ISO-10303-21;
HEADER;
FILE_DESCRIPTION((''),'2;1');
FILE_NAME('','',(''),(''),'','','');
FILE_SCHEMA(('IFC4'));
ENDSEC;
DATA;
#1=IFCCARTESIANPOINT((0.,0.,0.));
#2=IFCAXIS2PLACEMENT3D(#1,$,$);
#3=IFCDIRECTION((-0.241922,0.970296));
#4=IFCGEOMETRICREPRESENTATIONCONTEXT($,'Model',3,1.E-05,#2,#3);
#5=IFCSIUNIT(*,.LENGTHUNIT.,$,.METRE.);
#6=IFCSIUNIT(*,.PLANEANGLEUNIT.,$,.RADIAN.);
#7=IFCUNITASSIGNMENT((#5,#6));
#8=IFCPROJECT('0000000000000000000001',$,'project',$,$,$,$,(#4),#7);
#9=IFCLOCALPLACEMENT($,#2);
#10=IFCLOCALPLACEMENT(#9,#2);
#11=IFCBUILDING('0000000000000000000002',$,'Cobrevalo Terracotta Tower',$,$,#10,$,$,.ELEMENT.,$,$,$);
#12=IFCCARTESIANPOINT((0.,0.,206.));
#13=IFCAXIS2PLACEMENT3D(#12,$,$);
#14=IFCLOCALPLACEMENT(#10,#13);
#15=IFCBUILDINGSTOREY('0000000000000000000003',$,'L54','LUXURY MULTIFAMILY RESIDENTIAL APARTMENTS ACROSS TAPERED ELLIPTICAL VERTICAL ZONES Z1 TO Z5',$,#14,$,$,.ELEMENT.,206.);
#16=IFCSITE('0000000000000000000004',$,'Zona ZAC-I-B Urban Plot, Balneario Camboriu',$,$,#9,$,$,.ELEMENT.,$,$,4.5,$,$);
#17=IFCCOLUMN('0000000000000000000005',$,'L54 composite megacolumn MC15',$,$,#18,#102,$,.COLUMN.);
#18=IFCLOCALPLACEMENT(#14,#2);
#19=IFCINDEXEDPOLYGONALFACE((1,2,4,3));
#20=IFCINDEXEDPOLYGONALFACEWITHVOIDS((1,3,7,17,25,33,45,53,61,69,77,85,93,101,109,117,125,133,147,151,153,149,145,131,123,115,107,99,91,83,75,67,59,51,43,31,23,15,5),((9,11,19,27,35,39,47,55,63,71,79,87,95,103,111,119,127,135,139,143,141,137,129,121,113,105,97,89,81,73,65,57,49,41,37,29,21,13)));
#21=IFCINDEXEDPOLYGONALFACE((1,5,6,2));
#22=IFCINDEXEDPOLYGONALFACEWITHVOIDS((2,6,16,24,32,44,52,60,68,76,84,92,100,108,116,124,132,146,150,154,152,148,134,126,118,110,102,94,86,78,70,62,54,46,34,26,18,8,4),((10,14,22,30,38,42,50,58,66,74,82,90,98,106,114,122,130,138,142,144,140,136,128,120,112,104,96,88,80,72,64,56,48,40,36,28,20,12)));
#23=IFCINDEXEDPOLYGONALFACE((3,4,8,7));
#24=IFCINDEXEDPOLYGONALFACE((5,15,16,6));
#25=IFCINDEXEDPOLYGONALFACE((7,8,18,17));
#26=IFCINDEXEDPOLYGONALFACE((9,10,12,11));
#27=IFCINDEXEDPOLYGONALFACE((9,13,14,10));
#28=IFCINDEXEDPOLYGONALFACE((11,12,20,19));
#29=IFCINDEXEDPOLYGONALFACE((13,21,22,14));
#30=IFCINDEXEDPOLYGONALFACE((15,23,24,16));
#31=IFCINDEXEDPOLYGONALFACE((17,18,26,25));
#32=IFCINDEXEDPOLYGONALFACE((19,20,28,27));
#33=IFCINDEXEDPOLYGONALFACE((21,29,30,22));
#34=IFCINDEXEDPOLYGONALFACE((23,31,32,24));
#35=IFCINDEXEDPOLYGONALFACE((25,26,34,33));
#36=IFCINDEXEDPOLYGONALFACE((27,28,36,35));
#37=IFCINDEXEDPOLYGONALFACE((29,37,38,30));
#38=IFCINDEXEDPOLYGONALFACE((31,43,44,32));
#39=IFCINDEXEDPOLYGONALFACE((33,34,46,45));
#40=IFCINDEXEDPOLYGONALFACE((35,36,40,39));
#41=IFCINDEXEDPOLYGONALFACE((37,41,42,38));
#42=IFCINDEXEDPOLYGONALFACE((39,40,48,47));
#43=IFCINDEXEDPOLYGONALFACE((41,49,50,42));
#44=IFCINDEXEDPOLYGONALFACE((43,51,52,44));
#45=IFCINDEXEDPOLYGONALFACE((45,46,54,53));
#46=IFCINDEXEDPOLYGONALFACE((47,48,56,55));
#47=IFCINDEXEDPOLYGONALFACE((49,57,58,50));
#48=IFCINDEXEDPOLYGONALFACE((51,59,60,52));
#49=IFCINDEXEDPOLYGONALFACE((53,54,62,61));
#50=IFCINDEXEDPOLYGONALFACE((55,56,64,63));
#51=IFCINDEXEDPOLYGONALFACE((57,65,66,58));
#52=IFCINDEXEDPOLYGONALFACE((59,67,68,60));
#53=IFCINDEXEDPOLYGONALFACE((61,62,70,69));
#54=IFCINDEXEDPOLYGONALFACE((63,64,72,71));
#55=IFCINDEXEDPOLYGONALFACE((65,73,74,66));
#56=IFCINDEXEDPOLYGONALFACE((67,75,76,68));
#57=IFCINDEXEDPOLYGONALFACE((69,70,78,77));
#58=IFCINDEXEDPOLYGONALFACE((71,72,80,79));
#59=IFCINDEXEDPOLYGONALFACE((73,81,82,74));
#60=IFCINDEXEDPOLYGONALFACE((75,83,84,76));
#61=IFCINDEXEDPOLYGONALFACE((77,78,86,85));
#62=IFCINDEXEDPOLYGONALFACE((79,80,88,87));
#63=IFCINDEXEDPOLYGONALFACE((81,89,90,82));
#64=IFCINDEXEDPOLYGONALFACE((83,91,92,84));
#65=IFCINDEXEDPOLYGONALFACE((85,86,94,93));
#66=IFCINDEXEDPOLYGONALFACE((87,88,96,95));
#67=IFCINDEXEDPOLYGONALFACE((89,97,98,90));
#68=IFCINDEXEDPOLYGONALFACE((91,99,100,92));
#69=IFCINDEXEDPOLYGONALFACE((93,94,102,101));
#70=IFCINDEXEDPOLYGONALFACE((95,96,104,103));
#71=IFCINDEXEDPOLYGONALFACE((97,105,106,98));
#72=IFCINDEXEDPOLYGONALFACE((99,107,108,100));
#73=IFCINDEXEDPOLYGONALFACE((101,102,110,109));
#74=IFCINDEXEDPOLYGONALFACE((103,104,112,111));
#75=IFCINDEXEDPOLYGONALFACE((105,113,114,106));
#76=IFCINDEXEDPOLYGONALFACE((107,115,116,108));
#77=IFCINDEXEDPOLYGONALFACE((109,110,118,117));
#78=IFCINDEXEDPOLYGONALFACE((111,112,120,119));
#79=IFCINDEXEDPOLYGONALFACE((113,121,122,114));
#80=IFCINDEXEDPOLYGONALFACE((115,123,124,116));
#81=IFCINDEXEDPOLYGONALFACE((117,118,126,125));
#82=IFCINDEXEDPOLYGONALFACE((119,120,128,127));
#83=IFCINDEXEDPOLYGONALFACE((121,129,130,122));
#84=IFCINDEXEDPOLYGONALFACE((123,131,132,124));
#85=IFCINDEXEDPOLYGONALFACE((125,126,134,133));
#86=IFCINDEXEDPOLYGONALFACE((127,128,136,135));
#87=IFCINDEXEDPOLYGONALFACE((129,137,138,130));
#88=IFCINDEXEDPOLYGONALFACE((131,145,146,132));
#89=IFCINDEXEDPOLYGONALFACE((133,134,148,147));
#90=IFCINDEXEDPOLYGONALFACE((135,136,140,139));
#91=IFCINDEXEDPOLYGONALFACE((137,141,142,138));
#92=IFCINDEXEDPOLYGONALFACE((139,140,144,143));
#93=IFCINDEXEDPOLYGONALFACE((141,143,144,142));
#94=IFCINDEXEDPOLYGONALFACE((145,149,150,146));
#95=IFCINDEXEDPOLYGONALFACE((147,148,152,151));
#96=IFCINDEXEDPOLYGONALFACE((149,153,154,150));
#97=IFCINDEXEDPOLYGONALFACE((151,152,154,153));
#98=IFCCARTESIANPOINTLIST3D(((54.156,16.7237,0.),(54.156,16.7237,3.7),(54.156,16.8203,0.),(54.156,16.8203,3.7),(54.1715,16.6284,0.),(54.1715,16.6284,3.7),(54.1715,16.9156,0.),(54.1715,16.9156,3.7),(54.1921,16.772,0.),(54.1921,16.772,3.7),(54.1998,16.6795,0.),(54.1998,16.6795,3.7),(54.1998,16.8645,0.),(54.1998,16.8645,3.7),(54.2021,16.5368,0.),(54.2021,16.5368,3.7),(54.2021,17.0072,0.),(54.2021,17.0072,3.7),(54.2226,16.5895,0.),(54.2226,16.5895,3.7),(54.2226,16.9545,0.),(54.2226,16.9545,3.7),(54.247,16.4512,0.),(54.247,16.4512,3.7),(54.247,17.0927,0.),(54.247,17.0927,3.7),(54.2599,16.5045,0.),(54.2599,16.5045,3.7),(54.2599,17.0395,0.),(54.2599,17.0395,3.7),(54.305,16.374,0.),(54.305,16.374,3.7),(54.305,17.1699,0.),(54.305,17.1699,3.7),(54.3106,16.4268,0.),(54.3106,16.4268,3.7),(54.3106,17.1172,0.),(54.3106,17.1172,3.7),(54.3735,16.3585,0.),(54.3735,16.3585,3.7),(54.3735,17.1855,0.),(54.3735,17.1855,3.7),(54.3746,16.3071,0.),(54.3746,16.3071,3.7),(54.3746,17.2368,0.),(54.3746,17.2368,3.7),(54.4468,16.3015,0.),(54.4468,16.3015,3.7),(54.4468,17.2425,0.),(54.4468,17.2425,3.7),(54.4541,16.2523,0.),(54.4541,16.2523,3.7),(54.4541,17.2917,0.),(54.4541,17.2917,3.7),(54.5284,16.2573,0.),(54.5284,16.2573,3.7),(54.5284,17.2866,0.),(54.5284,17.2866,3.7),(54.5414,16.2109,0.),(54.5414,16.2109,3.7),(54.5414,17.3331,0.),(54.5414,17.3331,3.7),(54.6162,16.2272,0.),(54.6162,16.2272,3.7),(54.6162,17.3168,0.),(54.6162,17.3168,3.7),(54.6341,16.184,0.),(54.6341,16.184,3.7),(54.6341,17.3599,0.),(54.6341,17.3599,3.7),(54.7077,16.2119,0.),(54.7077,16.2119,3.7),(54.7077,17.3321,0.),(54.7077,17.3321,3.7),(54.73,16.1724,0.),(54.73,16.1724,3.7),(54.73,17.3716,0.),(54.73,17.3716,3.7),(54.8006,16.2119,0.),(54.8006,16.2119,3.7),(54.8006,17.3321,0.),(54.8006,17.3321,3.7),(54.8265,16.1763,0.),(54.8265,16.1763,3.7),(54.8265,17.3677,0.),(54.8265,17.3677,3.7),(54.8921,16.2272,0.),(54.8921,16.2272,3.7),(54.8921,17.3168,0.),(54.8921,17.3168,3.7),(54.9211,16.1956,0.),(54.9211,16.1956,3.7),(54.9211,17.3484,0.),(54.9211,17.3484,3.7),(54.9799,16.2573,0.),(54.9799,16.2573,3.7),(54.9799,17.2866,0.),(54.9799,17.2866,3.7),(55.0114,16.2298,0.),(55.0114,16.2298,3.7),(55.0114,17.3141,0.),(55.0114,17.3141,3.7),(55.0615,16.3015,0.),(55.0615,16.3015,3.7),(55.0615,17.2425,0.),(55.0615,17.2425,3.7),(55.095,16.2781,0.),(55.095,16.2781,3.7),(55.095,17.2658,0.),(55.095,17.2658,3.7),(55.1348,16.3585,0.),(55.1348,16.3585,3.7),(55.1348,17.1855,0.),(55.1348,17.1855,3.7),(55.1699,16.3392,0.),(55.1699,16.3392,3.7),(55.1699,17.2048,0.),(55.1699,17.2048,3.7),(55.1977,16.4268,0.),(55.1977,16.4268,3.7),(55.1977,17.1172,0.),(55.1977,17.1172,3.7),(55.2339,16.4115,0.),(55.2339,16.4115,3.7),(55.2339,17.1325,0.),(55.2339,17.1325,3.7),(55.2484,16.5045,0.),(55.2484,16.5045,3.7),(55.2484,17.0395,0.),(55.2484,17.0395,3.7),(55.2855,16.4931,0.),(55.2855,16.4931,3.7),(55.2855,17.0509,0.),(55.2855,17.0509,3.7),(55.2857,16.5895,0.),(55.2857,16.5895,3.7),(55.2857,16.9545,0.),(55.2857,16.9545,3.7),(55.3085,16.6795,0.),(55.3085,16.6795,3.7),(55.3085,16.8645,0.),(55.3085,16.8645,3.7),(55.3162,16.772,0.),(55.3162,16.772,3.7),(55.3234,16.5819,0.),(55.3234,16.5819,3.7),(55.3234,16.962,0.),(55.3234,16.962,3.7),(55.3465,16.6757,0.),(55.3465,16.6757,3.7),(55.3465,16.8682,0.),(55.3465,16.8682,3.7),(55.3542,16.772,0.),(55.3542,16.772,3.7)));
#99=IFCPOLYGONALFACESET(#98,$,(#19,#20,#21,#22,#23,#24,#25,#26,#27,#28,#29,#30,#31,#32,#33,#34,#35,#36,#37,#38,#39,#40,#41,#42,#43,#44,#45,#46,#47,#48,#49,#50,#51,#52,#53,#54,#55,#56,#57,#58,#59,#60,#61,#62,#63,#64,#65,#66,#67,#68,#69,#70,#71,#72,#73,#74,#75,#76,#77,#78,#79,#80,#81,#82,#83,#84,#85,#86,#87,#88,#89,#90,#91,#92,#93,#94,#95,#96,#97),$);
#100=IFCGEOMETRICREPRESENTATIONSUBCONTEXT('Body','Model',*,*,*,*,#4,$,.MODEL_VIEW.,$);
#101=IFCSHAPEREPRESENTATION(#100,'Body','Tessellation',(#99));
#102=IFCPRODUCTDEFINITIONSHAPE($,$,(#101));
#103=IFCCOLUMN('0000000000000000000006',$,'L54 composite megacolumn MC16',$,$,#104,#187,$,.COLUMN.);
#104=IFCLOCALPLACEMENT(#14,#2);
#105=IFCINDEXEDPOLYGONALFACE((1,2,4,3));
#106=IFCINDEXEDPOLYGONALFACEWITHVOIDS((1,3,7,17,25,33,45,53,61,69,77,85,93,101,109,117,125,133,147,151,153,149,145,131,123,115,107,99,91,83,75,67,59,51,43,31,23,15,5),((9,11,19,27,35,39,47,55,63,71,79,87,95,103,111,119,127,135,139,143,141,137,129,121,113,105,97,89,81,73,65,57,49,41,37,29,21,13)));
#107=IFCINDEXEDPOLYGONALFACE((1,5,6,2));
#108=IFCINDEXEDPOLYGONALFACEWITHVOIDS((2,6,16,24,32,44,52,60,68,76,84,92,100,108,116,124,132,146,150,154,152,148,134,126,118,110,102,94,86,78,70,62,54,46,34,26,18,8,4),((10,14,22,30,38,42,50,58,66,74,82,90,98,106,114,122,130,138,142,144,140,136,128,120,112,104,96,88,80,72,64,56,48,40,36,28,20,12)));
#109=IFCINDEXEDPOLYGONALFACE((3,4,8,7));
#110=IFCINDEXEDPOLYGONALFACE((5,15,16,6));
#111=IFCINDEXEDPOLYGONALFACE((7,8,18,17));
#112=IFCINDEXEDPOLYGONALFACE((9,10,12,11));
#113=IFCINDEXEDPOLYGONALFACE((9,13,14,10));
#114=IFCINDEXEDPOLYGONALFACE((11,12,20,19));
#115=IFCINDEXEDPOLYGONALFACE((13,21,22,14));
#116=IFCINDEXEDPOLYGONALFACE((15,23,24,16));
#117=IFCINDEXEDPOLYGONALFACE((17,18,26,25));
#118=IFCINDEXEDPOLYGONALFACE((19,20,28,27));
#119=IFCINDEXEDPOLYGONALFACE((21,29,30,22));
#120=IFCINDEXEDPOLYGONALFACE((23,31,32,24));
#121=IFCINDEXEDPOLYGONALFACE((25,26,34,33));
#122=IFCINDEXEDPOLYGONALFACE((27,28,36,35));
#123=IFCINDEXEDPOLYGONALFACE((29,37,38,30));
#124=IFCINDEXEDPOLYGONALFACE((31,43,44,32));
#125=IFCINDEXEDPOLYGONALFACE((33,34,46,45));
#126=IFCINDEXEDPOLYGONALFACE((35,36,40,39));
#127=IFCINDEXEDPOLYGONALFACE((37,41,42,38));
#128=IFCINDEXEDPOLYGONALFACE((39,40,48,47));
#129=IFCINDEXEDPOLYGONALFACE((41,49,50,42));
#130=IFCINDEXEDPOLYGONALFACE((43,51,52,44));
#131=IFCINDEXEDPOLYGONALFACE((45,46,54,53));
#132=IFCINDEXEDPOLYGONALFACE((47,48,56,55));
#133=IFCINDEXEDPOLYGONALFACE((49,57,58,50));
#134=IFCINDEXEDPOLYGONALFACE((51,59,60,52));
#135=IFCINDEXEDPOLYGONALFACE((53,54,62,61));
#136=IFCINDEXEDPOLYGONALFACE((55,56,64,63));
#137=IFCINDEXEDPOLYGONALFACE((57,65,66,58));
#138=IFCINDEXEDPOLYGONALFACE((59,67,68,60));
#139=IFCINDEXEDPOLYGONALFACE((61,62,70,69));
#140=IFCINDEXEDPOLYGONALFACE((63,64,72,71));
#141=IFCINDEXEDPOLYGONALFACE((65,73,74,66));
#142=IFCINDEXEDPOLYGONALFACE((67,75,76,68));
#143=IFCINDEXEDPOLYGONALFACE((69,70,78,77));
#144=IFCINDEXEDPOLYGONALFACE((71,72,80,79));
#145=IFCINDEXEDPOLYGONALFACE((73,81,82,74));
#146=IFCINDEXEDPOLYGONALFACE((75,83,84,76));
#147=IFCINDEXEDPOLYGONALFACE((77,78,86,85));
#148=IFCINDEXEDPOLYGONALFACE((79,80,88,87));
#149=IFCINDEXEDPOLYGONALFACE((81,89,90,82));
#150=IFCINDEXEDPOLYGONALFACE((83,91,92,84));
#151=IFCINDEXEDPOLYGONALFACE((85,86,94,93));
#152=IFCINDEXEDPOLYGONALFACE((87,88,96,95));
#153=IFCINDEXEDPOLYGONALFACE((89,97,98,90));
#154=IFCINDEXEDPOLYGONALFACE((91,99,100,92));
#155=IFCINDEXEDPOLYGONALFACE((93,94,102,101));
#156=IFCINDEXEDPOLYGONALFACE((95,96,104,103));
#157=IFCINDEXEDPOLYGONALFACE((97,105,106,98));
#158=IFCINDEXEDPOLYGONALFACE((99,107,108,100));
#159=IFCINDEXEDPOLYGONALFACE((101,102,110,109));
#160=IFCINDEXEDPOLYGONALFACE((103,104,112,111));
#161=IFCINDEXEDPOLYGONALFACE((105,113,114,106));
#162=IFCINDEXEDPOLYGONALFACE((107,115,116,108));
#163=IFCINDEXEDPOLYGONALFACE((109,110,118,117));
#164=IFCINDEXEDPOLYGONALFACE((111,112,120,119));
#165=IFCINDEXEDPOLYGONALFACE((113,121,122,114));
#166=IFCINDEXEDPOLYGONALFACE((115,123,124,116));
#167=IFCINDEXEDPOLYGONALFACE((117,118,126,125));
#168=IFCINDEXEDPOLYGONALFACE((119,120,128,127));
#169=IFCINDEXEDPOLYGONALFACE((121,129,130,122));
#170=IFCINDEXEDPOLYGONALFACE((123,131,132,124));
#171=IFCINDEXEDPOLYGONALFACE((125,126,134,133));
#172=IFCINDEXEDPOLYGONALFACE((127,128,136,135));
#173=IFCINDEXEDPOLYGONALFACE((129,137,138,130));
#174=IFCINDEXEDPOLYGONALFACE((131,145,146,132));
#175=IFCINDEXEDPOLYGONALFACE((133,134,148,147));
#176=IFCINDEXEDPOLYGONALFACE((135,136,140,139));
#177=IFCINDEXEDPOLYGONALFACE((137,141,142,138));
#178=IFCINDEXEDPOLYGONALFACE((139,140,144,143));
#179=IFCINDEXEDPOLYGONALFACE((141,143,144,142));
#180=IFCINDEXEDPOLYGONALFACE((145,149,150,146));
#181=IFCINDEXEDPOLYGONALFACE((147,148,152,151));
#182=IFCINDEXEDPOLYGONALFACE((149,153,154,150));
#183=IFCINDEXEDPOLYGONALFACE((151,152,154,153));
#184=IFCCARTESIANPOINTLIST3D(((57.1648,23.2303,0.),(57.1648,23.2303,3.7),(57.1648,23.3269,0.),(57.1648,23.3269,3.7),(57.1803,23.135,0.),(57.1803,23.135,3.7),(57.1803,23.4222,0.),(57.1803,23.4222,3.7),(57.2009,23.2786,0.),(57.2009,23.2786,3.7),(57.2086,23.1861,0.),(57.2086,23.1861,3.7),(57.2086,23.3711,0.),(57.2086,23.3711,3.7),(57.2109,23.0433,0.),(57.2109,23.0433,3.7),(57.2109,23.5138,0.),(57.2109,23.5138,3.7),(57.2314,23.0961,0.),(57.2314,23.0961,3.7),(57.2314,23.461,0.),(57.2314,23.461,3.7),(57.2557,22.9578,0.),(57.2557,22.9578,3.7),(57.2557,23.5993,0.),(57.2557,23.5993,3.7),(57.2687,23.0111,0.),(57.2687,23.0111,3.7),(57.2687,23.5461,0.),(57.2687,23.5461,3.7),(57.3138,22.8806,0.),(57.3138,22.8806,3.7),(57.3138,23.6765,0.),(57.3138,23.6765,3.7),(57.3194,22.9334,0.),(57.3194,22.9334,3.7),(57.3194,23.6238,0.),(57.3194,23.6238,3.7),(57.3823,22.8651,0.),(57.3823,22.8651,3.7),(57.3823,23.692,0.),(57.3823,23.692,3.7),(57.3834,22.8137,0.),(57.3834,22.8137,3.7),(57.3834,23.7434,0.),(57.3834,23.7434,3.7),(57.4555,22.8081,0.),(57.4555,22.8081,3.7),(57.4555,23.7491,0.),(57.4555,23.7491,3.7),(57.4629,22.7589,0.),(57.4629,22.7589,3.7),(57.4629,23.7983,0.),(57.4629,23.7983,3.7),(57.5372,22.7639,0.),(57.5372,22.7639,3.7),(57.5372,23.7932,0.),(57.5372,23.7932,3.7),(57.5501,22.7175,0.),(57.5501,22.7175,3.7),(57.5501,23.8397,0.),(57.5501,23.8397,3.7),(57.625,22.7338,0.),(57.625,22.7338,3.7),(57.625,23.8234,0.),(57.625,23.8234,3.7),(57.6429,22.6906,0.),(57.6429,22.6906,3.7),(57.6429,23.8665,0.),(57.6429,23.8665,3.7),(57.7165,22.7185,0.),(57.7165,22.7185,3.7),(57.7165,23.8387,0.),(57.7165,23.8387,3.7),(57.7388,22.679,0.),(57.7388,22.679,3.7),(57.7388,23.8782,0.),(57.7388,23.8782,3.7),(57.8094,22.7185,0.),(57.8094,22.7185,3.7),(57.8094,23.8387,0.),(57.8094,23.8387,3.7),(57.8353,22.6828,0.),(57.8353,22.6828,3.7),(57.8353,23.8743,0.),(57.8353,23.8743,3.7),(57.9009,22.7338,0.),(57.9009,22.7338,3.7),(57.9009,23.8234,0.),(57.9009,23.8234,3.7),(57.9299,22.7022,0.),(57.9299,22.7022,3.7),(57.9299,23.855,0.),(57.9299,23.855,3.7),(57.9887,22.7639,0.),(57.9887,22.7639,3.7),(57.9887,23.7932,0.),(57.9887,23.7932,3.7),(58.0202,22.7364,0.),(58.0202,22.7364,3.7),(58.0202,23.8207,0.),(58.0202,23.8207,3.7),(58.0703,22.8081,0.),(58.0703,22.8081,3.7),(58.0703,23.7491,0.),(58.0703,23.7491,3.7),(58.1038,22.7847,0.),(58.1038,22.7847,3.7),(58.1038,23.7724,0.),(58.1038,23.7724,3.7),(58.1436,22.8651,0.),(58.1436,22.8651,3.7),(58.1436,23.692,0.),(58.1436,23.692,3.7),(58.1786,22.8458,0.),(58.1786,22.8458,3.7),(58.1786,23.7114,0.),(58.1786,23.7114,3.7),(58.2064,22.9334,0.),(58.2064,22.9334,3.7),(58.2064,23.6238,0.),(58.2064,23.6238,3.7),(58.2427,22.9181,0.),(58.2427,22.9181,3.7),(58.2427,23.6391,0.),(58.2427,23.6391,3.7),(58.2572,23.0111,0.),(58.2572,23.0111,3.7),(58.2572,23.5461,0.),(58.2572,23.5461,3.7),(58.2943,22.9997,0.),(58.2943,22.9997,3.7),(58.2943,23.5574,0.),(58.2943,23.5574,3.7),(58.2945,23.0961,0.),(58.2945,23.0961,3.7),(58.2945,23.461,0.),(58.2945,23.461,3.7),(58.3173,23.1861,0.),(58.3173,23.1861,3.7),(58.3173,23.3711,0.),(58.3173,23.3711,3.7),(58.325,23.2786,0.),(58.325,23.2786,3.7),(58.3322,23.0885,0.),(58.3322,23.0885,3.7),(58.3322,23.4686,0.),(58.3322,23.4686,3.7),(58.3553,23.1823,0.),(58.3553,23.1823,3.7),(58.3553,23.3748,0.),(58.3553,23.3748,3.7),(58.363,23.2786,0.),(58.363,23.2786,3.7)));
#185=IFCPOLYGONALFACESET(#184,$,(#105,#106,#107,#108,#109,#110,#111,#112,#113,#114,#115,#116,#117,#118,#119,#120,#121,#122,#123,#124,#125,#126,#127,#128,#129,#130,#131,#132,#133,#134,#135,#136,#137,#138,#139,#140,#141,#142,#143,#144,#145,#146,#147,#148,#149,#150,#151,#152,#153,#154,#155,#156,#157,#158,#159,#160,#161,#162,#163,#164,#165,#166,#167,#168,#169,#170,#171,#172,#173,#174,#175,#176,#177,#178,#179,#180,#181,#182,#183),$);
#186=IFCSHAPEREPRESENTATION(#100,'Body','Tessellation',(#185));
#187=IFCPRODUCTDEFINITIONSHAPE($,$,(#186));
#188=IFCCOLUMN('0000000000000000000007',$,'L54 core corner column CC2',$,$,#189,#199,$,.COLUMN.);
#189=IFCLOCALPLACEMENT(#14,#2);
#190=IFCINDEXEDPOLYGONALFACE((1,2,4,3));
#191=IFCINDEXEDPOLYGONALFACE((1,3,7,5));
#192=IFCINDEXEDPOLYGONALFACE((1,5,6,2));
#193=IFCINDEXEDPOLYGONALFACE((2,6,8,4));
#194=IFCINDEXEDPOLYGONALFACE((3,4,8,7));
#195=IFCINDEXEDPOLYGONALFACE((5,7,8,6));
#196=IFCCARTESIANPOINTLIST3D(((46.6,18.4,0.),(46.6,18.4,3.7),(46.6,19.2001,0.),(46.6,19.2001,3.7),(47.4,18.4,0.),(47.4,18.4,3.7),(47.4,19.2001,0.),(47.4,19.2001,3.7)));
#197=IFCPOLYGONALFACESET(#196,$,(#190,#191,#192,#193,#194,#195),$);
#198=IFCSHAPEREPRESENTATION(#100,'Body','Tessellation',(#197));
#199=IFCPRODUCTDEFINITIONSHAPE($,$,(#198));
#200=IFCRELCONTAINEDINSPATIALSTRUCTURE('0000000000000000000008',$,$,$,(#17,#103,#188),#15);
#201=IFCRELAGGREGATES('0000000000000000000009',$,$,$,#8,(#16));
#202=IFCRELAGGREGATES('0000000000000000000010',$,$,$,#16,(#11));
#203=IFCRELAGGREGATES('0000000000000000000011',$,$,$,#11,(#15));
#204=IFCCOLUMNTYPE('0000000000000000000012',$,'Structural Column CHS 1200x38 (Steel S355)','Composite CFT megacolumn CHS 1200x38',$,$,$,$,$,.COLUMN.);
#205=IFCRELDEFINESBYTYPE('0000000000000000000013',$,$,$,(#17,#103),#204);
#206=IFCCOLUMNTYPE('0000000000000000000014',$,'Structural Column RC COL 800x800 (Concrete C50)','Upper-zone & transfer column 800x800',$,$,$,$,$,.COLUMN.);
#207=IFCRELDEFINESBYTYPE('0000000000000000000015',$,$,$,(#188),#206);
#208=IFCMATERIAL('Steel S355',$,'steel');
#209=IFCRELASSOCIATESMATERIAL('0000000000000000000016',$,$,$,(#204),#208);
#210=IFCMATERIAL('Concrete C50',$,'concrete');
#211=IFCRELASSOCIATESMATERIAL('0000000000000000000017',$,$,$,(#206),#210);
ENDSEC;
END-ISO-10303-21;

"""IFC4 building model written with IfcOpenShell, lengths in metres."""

from ifc_helpers import new_model, si_unit, direction, frame, origin, origin_2d, place, context, subcontext, project, spatial, rectangle, hollow_circle, extrude, material, material_profile, profile_set, type_object, element, save


model = new_model("IFC4")

# Units and contexts
model_context = context("Model", 3, precision=1e-05, world=origin(), true_north=direction((-0.241922, 0.970296)))
body_context = subcontext(model_context, "Body", "Model", "MODEL_VIEW")
ifc_project = project(units=[si_unit("LENGTHUNIT", "METRE"), si_unit("PLANEANGLEUNIT", "RADIAN")], contexts=[model_context])

# Site, building, storey
site_placement = place(None, origin())
site = spatial("IfcSite", under=ifc_project, at=site_placement, Name="Zona ZAC-I-B Urban Plot, Balneario Camboriu", CompositionType="ELEMENT", RefElevation=4.5)
building_placement = place(site_placement, origin())
building = spatial("IfcBuilding", under=site, at=building_placement, Name="Cobrevalo Terracotta Tower", CompositionType="ELEMENT")
storey_placement = place(building_placement, frame((0.0, 0.0, 206.0)))
storey = spatial("IfcBuildingStorey", under=building, at=storey_placement, Name="L54", Description="LUXURY MULTIFAMILY RESIDENTIAL APARTMENTS ACROSS TAPERED ELLIPTICAL VERTICAL ZONES Z1 TO Z5", CompositionType="ELEMENT", Elevation=206.0)

# Columns
ifc_material_1 = material(Name="Steel S355", Category="steel")
ifc_material_profile_1 = material_profile(ifc_material_1, hollow_circle(Radius=0.6001, WallThickness=0.0381, at=origin_2d()), Name="CHS 1200x38")
ifc_profile_set_1 = profile_set([ifc_material_profile_1], Name="Steel S355")
column_type_1 = type_object("IfcColumnType", Name="Structural Column CHS 1200x38 (Steel S355)", Description="Composite CFT megacolumn CHS 1200x38", PredefinedType="COLUMN", material=ifc_profile_set_1)
for number, where, z_axis, x_axis, name in (
    (1, (54.7542, 16.772, 0.0), (0.0, 0.0, 1.0), (1.0, 0.0, 0.0), "L54 composite megacolumn MC15"),
    (2, (57.7629, 23.2786, 0.0), (0.0, 0.0, 1.0), (1.0, 0.0, 0.0), "L54 composite megacolumn MC16"),
):
    element("IfcColumn", number, at=place(storey_placement, frame(where, z_axis=z_axis, x_axis=x_axis)), inside=storey, type_object=column_type_1, Name=name, PredefinedType="COLUMN", context=body_context, shape_type="SweptSolid", body=[
        extrude(hollow_circle(Radius=0.6001, WallThickness=0.0381, at=origin_2d()), origin(), (0.0, 0.0, 1.0), 3.7),
    ])
ifc_material_2 = material(Name="Concrete C50", Category="concrete")
ifc_material_profile_2 = material_profile(ifc_material_2, rectangle(XDim=0.8, YDim=0.8, at=origin_2d()), Name="RC COL 800x800")
ifc_profile_set_2 = profile_set([ifc_material_profile_2], Name="Concrete C50")
column_type_2 = type_object("IfcColumnType", Name="Structural Column RC COL 800x800 (Concrete C50)", Description="Upper-zone & transfer column 800x800", PredefinedType="COLUMN", material=ifc_profile_set_2)
column_placement = place(storey_placement, frame((47.0, 18.8, 0.0), z_axis=(0.0, 0.0, 1.0), x_axis=(1.0, 0.0, 0.0)))
element("IfcColumn", 3, at=column_placement, inside=storey, type_object=column_type_2, Name="L54 core corner column CC2", PredefinedType="COLUMN", context=body_context, shape_type="SweptSolid", body=[
    extrude(rectangle(XDim=0.8, YDim=0.8, at=origin_2d()), origin(), (0.0, 0.0, 1.0), 3.7),
])

save(model, "model.ifc")
